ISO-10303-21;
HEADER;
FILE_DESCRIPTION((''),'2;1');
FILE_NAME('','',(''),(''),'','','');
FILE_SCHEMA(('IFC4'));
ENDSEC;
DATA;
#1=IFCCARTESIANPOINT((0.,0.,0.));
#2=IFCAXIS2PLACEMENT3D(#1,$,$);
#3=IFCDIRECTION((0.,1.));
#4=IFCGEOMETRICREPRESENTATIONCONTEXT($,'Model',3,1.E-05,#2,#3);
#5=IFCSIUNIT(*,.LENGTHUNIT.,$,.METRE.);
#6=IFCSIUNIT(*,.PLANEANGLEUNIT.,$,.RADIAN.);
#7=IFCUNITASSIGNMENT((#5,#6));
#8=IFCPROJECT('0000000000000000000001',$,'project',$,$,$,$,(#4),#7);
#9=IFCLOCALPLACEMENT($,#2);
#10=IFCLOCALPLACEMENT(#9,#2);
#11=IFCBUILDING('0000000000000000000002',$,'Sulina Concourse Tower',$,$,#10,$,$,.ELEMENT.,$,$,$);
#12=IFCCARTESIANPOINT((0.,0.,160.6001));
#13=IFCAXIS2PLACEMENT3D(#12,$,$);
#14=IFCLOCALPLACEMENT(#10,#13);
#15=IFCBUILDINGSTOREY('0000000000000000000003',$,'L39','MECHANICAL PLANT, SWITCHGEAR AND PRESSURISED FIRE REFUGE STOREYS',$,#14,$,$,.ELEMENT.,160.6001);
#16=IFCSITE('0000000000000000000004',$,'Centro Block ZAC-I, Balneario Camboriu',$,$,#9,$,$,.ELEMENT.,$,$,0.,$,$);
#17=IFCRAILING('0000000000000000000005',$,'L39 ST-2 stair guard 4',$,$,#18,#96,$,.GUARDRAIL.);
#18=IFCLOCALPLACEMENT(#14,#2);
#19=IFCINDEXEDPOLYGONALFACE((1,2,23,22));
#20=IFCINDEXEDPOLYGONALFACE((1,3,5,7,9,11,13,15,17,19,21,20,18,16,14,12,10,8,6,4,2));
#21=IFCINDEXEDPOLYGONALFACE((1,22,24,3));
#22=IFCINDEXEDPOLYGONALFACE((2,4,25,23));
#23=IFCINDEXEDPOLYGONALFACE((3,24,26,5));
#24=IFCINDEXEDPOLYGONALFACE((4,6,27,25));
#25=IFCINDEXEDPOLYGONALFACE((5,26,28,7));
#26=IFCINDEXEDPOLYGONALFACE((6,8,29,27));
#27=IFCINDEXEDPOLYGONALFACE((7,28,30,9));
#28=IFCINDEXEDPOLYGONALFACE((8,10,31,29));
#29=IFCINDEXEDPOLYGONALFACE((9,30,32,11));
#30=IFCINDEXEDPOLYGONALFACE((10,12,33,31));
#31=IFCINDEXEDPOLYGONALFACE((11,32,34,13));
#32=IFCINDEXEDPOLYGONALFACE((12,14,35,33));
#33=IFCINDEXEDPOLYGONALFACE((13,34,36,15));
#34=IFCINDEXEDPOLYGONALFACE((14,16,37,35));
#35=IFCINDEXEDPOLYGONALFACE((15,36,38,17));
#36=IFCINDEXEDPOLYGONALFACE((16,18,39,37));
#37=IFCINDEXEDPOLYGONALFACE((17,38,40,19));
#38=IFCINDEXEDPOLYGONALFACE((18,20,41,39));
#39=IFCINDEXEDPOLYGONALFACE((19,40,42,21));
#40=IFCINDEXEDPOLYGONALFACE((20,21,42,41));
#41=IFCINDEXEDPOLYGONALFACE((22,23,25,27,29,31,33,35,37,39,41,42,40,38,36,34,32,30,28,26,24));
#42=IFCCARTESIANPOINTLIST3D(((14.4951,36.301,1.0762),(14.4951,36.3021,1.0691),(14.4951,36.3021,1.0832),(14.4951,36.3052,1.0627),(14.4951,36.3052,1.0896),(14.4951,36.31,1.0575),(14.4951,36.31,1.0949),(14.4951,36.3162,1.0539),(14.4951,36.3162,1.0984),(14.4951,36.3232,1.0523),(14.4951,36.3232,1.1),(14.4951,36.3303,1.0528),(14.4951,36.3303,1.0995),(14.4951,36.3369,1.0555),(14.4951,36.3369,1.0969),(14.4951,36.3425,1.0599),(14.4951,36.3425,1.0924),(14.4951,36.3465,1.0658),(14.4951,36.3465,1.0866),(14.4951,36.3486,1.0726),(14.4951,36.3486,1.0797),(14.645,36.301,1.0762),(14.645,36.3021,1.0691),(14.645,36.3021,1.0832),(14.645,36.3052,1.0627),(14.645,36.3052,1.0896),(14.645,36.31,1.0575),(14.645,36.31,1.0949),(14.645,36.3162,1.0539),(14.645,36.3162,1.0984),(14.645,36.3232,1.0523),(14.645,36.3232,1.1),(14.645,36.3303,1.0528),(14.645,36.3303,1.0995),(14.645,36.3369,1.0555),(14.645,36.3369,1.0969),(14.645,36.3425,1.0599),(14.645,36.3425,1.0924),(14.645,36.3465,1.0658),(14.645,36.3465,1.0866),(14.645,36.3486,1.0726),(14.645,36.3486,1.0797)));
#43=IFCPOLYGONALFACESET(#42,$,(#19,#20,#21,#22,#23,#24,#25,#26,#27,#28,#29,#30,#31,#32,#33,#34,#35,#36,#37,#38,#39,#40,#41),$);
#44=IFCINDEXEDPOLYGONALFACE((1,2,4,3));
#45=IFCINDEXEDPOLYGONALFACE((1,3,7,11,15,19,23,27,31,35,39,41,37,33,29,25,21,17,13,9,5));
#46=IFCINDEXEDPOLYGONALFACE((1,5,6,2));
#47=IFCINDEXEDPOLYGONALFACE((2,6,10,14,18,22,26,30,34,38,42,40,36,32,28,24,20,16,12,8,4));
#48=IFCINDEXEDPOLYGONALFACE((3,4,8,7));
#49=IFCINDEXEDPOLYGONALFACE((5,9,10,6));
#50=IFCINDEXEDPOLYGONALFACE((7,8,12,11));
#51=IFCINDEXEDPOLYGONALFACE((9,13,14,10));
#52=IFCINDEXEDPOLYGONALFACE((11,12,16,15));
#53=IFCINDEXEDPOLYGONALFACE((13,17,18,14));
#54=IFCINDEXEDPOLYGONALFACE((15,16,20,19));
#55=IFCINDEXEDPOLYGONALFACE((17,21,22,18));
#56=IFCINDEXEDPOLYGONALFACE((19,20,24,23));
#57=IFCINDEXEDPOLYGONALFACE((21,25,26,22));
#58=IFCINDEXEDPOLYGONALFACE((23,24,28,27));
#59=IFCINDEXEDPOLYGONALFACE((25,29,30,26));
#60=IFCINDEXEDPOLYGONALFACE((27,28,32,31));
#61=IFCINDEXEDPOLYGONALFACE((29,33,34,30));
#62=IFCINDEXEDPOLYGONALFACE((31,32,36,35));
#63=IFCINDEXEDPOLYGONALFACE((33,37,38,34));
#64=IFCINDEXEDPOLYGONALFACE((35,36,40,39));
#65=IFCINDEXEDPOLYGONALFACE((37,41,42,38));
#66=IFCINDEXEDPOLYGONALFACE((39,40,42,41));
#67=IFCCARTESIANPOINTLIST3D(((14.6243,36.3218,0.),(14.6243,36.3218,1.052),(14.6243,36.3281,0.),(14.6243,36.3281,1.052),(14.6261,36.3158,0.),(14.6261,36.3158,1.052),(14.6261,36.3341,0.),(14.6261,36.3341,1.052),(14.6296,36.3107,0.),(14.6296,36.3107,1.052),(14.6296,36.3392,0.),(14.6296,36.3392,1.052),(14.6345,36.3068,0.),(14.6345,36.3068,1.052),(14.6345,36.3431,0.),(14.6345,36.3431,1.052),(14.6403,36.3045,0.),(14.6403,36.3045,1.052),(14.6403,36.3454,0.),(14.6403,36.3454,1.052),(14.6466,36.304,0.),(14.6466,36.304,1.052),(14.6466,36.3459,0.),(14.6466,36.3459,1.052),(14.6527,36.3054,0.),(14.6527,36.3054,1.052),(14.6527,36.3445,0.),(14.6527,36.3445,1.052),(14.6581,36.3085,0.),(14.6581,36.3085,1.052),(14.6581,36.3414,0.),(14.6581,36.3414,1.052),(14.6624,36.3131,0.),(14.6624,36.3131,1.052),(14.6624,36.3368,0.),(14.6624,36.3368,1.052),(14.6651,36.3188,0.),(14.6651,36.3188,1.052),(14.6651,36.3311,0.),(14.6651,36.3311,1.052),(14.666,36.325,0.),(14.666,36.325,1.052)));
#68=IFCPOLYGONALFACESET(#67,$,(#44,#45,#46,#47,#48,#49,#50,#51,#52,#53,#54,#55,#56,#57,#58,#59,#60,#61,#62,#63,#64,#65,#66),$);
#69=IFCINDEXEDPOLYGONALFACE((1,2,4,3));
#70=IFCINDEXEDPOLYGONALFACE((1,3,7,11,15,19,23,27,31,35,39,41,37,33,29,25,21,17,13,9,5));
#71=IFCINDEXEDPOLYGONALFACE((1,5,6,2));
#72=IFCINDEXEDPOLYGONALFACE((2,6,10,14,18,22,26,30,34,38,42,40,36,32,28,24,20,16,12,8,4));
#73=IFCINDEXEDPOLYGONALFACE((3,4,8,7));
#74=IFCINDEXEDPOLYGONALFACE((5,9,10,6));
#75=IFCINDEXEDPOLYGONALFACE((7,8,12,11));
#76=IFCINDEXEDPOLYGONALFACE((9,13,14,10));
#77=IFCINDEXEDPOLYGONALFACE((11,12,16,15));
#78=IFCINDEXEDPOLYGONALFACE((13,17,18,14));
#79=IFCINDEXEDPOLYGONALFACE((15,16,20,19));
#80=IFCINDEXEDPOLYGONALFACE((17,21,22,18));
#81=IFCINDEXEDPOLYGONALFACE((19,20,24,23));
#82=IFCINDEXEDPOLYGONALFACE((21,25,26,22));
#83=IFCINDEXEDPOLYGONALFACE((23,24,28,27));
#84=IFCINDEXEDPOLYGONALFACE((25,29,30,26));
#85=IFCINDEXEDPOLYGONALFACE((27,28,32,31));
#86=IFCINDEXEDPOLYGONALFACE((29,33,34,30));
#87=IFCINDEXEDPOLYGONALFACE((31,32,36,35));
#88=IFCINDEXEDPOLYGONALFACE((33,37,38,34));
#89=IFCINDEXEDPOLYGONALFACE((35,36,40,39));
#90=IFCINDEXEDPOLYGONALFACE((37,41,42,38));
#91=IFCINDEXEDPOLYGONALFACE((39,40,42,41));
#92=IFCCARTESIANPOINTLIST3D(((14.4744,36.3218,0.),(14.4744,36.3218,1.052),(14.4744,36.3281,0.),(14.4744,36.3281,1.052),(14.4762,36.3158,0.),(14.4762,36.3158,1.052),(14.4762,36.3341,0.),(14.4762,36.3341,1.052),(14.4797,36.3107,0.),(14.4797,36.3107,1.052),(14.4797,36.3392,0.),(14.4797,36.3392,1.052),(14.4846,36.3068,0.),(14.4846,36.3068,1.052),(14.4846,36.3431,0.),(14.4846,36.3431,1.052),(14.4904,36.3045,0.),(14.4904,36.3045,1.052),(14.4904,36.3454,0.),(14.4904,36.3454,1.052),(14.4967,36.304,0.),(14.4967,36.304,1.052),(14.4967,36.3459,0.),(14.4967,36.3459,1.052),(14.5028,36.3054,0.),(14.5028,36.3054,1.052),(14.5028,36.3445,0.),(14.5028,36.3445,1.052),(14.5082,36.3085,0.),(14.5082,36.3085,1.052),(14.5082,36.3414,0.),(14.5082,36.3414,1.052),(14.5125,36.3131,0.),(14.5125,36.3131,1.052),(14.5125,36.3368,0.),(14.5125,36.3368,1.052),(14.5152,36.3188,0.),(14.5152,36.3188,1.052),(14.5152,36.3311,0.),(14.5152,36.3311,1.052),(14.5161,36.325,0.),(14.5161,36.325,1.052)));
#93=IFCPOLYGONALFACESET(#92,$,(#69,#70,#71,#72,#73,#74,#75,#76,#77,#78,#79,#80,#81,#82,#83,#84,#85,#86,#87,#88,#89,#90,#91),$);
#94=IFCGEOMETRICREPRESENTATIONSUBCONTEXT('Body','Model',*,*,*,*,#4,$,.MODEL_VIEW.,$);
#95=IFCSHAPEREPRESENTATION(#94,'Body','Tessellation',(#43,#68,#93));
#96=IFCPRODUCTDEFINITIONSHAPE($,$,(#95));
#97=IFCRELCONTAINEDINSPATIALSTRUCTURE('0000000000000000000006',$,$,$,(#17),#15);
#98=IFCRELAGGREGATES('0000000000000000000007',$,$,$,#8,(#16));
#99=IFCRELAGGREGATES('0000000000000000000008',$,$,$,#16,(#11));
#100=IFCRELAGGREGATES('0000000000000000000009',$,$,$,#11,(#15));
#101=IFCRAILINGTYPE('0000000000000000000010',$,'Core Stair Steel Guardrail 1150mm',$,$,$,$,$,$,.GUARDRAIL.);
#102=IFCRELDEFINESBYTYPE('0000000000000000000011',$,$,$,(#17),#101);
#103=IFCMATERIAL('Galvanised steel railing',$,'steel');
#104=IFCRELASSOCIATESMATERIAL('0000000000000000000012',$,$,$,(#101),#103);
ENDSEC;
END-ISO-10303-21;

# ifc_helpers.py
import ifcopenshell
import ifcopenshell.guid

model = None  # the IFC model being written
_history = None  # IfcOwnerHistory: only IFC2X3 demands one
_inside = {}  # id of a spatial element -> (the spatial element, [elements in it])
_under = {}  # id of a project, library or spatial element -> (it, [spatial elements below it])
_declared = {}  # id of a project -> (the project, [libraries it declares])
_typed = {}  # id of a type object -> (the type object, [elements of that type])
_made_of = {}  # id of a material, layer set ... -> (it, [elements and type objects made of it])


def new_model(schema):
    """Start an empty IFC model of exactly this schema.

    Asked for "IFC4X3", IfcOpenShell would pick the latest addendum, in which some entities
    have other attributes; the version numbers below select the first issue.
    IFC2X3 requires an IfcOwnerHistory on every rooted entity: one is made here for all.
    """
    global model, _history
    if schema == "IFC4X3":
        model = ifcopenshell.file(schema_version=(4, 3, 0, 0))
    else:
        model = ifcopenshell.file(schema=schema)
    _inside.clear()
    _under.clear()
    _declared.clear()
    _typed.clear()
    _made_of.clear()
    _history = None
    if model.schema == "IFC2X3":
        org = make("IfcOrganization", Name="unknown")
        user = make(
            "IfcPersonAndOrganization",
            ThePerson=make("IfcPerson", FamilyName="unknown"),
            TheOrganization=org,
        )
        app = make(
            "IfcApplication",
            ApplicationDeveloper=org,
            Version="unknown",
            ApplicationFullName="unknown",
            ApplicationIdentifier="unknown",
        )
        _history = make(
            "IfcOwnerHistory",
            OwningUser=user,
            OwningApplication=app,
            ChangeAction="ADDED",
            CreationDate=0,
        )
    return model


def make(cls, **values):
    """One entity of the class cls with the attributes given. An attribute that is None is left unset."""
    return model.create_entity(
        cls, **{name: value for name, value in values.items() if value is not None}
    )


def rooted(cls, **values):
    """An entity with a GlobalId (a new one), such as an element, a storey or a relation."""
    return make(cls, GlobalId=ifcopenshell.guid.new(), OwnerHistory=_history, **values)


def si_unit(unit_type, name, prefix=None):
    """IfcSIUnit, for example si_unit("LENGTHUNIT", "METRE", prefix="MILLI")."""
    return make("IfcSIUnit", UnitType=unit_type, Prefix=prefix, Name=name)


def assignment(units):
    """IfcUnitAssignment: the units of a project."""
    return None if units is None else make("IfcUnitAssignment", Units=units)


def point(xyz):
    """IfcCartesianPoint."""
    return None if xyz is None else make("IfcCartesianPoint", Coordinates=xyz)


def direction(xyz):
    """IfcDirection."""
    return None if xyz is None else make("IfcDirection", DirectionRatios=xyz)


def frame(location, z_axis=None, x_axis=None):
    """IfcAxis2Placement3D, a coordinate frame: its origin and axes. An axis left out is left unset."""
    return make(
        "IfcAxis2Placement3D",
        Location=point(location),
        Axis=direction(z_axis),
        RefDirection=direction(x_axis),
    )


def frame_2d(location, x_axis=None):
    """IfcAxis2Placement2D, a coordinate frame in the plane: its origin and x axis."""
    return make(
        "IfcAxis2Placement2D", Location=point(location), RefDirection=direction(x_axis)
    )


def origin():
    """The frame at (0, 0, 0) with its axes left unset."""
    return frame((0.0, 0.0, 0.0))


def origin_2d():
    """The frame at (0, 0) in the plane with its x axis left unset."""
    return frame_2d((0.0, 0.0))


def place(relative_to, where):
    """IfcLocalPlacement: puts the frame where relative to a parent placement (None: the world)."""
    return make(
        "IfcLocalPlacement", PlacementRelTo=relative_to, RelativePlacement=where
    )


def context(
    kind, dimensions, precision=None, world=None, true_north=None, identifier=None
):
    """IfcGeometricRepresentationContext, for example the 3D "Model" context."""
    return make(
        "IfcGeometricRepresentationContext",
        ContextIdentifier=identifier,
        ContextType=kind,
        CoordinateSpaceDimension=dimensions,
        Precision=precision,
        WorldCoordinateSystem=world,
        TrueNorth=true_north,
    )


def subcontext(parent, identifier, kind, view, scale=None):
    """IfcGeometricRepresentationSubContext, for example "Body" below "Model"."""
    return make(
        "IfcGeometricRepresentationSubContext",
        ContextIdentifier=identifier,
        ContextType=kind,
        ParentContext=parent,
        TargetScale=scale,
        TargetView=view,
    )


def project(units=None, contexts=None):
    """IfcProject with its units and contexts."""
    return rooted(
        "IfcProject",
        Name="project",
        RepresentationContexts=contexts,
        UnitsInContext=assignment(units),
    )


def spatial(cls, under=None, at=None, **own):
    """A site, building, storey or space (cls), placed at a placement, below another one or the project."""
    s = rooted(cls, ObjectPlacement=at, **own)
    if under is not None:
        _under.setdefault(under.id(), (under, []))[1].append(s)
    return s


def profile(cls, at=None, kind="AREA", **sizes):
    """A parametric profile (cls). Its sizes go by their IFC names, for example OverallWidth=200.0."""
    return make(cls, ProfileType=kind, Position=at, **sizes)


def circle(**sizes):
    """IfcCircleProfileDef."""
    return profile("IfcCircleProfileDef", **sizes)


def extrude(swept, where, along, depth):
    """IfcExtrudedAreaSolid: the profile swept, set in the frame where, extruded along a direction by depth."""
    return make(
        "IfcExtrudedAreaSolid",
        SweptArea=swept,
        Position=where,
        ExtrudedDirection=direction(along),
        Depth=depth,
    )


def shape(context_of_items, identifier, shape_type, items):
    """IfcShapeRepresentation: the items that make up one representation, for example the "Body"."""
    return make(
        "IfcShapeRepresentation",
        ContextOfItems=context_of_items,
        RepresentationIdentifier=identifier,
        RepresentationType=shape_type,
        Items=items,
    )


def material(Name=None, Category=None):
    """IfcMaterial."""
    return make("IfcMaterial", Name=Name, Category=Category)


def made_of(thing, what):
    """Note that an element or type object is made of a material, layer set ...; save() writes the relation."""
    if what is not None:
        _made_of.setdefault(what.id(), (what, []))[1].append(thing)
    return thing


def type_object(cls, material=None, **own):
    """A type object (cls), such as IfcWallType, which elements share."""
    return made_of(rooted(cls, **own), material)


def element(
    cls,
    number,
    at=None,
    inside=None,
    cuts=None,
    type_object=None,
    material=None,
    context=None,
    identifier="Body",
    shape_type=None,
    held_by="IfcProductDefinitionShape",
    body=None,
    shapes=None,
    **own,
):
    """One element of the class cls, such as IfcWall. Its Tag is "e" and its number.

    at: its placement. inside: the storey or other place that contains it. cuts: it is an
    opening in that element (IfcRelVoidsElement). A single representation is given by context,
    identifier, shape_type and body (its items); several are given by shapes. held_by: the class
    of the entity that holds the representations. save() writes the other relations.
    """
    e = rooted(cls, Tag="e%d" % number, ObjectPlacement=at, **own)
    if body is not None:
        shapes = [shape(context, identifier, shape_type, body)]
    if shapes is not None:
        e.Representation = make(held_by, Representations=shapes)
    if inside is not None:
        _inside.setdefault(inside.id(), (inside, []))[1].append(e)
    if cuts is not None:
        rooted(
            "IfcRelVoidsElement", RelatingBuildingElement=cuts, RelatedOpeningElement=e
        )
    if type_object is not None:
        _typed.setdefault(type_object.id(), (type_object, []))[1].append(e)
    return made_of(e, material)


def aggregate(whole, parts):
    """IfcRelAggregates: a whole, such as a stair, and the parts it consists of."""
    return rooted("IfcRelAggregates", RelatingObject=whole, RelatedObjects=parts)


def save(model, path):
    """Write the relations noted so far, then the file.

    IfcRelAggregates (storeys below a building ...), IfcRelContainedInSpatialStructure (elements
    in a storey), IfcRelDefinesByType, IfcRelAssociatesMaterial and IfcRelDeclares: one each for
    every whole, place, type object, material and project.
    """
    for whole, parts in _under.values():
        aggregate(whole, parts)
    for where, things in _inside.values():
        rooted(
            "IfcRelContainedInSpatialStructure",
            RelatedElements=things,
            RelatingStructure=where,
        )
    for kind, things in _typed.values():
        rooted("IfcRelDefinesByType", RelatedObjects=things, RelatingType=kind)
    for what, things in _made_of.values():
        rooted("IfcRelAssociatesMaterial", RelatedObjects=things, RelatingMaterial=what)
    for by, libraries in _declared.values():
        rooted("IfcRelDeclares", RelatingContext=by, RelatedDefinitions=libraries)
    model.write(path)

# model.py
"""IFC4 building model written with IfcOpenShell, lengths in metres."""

from ifc_helpers import new_model, si_unit, direction, frame, origin, origin_2d, place, context, subcontext, project, spatial, circle, extrude, material, type_object, element, save


model = new_model("IFC4")

# Units and contexts
model_context = context("Model", 3, precision=1e-05, world=origin(), true_north=direction((0.0, 1.0)))
body_context = subcontext(model_context, "Body", "Model", "MODEL_VIEW")
ifc_project = project(units=[si_unit("LENGTHUNIT", "METRE"), si_unit("PLANEANGLEUNIT", "RADIAN")], contexts=[model_context])

# Site, building, storey
site_placement = place(None, origin())
site = spatial("IfcSite", under=ifc_project, at=site_placement, Name="Centro Block ZAC-I, Balneario Camboriu", CompositionType="ELEMENT", RefElevation=0.0)
building_placement = place(site_placement, origin())
building = spatial("IfcBuilding", under=site, at=building_placement, Name="Sulina Concourse Tower", CompositionType="ELEMENT")
storey_placement = place(building_placement, frame((0.0, 0.0, 160.6001)))
storey = spatial("IfcBuildingStorey", under=building, at=storey_placement, Name="L39", Description="MECHANICAL PLANT, SWITCHGEAR AND PRESSURISED FIRE REFUGE STOREYS", CompositionType="ELEMENT", Elevation=160.6001)

# Railing
ifc_material_1 = material(Name="Galvanised steel railing", Category="steel")
railing_type_1 = type_object("IfcRailingType", Name="Core Stair Steel Guardrail 1150mm", PredefinedType="GUARDRAIL", material=ifc_material_1)
railing_1_placement = place(storey_placement, frame((14.645, 36.325, 0.0)))
element("IfcRailing", 1, at=railing_1_placement, inside=storey, type_object=railing_type_1, Name="L39 ST-2 stair guard 4", PredefinedType="GUARDRAIL", context=body_context, shape_type="SweptSolid", body=[
    extrude(circle(Radius=0.0239, at=origin_2d()), frame((0.0, 0.0, 1.0762), z_axis=(-1.0, 0.0, 0.0), x_axis=(0.0, -1.0, 0.0)), (0.0, 0.0, 1.0), 0.1499),
    extrude(circle(Radius=0.021, at=origin_2d()), origin(), (0.0, 0.0, 1.0), 1.052),
    extrude(circle(Radius=0.021, at=origin_2d()), frame((-0.1499, 0.0, 0.0)), (0.0, 0.0, 1.0), 1.052),
])

save(model, "model.ifc")
